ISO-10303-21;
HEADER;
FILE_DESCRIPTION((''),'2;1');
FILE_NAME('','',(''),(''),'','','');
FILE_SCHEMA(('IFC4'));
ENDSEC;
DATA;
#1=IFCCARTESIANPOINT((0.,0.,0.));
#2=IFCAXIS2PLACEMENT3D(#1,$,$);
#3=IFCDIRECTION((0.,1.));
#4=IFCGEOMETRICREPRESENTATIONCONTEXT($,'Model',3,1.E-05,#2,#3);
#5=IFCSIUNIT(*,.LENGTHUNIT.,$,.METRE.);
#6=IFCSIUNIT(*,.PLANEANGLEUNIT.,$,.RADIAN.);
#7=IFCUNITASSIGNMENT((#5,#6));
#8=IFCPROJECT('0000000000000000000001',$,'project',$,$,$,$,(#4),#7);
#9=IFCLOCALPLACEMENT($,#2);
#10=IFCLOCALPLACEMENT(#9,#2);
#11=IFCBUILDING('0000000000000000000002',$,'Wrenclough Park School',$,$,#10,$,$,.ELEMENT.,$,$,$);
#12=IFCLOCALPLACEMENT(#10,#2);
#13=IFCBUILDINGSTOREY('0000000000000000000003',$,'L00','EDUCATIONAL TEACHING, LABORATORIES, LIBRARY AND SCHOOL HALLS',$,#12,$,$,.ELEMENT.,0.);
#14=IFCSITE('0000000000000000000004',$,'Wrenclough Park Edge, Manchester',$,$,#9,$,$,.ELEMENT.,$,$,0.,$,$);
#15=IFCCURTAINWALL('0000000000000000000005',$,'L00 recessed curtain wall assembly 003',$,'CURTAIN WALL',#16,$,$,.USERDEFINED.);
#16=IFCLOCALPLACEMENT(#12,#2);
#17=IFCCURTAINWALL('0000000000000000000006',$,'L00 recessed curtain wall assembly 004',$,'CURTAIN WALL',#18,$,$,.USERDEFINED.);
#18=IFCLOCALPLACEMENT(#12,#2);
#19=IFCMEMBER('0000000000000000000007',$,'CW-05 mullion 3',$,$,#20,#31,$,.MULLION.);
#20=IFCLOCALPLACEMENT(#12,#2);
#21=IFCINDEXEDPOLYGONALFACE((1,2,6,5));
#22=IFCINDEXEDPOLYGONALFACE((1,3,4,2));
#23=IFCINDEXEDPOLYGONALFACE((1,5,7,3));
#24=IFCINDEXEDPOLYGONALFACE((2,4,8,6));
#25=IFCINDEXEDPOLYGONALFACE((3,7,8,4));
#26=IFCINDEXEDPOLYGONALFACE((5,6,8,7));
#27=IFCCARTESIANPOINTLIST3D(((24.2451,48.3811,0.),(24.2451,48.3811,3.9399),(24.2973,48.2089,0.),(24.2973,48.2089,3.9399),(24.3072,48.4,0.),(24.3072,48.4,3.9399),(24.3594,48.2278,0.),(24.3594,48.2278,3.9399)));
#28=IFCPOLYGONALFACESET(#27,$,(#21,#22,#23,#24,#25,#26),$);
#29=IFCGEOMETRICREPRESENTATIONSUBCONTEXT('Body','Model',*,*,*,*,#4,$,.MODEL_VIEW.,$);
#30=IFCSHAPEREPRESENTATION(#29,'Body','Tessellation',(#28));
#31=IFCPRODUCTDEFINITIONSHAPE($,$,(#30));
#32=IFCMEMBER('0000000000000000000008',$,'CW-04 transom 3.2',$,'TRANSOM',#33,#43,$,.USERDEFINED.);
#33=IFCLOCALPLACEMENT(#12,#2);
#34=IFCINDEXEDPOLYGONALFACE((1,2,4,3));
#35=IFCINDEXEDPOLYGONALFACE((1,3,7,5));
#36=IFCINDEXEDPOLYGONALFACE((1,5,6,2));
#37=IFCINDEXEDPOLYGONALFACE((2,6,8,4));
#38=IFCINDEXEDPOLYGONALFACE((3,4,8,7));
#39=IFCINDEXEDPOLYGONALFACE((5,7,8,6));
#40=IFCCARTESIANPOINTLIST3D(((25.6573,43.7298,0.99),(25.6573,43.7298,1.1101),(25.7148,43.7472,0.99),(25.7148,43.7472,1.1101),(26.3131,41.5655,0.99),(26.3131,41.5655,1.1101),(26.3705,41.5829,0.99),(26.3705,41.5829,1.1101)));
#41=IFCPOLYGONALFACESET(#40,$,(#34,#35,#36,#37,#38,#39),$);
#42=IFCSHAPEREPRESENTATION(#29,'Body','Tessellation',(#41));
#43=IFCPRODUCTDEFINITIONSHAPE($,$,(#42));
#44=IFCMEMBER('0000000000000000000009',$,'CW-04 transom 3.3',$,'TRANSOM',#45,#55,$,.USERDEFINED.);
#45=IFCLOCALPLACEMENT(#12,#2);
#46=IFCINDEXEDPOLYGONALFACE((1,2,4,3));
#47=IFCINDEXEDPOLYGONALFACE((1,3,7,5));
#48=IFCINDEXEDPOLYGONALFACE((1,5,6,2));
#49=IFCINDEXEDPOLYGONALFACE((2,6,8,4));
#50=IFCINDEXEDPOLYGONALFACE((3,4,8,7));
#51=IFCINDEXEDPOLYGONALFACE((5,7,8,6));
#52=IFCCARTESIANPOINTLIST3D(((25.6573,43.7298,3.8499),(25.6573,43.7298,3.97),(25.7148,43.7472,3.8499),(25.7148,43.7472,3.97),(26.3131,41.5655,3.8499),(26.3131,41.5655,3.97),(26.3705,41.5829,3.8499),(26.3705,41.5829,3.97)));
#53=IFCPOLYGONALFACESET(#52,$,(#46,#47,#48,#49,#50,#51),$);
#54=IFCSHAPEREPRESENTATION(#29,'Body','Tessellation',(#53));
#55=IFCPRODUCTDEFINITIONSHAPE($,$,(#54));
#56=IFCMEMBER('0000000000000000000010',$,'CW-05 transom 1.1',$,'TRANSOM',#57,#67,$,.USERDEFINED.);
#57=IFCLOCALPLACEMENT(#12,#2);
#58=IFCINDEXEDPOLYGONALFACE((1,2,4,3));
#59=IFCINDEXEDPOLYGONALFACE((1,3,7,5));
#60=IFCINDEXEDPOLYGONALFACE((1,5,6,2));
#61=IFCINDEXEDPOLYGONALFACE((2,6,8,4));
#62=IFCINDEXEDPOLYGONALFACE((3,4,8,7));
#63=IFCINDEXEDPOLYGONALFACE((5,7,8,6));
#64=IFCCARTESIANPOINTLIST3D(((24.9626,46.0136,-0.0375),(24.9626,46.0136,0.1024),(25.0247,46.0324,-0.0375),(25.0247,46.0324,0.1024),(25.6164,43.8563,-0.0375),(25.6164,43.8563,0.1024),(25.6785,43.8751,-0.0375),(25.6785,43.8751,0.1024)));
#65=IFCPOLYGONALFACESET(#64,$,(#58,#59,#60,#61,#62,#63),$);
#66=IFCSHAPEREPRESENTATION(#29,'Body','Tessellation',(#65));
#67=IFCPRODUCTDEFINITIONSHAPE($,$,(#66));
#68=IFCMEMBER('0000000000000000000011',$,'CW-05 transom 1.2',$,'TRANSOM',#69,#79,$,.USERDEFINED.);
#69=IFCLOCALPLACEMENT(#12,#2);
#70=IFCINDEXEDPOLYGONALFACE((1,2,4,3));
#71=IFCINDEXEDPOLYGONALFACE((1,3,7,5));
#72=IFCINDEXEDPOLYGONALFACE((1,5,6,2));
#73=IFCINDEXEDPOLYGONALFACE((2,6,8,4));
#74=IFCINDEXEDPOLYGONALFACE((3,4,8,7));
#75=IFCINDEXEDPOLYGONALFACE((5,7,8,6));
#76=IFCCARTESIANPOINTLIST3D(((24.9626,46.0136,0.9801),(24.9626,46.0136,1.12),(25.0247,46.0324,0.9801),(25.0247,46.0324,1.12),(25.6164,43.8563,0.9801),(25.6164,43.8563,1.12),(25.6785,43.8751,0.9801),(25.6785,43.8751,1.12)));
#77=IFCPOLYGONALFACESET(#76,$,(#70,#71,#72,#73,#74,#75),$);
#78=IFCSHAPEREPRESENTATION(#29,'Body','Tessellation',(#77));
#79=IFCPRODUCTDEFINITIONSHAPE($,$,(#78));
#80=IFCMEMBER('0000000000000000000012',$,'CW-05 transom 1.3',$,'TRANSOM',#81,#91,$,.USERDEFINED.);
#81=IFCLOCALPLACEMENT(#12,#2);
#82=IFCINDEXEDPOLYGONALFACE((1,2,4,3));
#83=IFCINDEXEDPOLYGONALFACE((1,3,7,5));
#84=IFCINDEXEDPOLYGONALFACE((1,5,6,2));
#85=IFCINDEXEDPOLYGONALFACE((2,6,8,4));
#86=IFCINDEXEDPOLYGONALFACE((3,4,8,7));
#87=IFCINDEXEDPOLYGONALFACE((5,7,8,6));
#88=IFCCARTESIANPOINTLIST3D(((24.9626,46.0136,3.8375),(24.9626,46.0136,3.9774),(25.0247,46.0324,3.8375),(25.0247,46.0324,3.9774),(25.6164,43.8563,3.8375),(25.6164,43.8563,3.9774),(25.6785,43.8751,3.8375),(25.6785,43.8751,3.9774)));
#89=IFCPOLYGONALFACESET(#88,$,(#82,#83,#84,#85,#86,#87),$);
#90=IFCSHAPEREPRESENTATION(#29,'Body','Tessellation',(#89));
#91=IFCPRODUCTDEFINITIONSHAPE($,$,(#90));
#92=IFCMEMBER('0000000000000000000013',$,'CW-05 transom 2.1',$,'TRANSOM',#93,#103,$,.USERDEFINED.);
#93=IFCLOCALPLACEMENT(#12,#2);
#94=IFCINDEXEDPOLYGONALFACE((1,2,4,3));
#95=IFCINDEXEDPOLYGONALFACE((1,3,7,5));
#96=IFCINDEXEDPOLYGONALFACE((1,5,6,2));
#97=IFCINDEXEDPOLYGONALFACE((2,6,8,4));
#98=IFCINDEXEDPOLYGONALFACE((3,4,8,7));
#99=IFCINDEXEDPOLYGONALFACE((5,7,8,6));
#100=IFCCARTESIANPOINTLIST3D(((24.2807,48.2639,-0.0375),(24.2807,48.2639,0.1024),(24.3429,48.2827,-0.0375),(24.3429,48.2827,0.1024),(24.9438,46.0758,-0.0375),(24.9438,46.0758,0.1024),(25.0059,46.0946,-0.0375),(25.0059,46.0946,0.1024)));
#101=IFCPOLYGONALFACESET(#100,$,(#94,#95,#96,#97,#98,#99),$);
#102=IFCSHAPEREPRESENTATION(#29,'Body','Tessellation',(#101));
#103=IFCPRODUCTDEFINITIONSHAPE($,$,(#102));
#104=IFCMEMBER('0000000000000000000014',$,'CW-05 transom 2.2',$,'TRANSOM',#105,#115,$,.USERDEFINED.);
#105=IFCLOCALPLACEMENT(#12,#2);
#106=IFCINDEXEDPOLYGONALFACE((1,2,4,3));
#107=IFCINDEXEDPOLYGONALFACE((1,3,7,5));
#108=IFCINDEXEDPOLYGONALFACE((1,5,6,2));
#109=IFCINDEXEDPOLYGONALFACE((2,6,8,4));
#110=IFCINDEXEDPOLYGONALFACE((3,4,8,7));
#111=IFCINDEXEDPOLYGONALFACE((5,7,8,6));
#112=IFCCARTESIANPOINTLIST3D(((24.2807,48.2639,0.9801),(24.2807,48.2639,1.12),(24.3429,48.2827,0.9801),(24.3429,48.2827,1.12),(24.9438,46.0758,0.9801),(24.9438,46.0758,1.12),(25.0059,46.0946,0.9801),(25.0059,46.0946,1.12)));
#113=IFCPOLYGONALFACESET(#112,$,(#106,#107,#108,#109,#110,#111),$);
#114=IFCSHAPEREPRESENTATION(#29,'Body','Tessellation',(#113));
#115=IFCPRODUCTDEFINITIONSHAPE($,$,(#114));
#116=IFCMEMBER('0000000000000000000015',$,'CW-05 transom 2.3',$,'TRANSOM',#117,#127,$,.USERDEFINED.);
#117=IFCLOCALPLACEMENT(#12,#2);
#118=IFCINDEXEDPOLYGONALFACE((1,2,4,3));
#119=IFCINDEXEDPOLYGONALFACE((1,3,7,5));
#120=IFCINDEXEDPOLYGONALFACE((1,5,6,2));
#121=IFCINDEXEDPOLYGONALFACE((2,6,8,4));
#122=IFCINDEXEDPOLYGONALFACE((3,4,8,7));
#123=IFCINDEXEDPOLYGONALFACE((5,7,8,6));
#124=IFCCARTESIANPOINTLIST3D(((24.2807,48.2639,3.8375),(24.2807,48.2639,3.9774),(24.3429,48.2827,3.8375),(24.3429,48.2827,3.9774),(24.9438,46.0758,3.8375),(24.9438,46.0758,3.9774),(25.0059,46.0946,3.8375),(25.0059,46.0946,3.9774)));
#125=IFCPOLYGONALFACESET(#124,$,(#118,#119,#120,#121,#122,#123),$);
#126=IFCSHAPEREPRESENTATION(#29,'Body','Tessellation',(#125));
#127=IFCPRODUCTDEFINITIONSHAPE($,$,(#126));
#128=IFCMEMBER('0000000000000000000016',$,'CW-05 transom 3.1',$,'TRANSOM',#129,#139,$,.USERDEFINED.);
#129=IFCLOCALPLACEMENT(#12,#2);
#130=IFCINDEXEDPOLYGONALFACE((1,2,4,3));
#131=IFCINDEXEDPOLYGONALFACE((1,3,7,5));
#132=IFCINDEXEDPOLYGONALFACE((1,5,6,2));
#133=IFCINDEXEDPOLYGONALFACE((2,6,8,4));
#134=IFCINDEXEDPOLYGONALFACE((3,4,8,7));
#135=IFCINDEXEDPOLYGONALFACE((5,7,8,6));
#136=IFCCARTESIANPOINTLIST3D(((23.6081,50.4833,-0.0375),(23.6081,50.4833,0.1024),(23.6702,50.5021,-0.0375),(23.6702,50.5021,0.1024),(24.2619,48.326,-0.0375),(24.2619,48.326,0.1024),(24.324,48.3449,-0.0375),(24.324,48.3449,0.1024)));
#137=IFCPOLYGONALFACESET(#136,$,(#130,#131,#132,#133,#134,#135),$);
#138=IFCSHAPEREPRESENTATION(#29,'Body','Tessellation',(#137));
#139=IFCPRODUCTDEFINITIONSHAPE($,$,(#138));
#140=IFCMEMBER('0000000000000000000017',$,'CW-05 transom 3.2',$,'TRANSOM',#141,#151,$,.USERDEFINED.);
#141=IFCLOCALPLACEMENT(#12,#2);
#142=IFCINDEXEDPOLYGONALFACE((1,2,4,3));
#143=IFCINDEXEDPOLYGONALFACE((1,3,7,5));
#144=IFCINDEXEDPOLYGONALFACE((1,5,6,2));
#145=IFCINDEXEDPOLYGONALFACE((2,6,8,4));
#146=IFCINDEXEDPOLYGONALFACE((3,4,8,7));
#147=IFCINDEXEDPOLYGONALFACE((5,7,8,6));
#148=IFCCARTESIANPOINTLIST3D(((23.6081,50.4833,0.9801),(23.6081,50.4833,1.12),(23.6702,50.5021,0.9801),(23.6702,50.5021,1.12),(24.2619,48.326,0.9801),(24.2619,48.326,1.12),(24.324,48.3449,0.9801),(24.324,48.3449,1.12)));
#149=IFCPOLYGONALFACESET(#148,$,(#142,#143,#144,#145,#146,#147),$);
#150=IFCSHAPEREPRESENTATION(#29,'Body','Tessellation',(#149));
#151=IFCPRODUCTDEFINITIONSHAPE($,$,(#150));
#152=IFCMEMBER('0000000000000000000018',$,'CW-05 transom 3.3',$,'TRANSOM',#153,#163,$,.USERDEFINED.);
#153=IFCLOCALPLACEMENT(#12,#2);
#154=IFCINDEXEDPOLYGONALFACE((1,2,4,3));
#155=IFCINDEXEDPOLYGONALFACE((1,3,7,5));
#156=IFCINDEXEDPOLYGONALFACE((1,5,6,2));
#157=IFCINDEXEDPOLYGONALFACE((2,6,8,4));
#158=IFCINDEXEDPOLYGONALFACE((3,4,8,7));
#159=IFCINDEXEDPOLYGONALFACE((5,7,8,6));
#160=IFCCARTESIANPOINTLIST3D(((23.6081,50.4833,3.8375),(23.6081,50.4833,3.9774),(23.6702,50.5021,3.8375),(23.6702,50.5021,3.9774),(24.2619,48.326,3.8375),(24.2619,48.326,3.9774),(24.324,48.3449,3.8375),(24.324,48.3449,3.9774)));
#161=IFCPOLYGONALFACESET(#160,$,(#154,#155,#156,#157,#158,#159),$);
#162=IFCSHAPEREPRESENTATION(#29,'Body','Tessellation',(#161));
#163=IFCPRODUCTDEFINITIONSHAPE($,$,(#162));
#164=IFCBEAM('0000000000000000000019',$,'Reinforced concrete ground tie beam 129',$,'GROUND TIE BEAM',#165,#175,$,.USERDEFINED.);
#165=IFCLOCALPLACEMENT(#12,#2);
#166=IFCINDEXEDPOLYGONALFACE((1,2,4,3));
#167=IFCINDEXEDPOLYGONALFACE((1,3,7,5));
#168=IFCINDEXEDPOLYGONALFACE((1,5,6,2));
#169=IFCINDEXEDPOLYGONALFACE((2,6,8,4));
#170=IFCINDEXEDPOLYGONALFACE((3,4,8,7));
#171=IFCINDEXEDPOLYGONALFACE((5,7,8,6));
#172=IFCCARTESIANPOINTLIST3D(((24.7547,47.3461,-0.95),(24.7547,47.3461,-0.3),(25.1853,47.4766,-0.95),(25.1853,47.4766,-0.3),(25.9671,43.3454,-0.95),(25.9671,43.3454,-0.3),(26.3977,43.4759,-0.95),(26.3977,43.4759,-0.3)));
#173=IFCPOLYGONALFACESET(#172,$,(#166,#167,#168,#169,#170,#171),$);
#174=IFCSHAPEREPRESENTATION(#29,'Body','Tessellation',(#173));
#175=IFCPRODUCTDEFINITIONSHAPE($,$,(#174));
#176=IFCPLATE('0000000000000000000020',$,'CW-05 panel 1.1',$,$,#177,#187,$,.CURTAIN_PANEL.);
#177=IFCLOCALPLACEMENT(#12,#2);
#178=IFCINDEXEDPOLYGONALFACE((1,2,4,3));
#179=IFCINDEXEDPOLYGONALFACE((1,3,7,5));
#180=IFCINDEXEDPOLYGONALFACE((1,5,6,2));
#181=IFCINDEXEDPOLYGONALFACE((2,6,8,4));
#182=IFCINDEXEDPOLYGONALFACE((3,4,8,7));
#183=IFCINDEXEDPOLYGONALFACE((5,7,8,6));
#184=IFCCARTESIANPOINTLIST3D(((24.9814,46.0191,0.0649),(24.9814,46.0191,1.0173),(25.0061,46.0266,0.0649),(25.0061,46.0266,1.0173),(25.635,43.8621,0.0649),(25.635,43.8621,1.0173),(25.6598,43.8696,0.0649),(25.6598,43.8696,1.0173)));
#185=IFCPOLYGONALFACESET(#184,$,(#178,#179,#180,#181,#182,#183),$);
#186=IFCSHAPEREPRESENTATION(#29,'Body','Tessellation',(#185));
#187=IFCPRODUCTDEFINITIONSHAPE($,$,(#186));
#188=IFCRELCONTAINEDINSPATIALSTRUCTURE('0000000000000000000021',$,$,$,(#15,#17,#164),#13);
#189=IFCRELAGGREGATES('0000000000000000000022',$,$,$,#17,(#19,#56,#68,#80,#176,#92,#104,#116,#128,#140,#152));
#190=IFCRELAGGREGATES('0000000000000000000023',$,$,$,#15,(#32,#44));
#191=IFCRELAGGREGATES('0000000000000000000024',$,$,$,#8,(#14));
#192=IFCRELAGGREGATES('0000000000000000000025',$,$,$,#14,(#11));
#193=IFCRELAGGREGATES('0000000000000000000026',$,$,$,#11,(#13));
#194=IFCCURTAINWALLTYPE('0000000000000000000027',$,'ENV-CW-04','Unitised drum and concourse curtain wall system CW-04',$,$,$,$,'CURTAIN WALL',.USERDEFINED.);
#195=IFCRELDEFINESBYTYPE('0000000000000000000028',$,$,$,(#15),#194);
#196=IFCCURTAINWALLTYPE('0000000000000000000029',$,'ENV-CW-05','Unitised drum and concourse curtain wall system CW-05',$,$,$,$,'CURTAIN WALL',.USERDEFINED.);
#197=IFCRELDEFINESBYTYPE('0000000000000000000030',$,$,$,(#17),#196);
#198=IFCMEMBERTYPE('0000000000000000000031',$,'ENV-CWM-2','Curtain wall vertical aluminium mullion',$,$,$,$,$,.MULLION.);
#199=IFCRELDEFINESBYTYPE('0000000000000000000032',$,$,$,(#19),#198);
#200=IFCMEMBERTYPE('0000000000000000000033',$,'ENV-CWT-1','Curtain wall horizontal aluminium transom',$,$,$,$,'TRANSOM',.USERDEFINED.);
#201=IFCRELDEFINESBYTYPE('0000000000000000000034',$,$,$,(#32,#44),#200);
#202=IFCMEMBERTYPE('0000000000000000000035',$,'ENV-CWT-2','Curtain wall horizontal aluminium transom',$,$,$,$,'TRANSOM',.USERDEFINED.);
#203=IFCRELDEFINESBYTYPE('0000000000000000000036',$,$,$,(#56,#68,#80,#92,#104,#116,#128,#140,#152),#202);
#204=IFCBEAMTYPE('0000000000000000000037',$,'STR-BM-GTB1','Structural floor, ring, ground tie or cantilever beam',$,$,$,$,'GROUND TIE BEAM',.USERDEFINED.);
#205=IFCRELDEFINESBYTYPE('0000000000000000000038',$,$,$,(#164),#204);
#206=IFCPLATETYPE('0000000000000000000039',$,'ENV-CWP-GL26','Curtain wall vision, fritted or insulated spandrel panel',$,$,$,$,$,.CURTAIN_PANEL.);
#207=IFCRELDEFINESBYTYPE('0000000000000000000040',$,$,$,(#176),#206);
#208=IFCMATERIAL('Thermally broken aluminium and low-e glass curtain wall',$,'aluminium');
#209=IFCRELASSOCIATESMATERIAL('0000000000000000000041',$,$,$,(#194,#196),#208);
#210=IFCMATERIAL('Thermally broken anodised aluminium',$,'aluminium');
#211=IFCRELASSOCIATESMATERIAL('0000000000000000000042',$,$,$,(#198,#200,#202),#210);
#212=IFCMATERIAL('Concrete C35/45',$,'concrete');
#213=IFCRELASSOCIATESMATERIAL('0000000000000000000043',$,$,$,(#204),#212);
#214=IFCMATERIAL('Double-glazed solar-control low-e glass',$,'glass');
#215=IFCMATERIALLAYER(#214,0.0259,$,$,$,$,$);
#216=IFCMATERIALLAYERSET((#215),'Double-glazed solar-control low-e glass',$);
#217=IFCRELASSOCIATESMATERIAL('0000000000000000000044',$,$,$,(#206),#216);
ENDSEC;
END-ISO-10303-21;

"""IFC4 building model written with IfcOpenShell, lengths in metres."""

from ifc_helpers import new_model, si_unit, direction, frame, origin, origin_2d, place, context, subcontext, project, spatial, rectangle, extrude, material, layer, layer_set, material_profile, profile_set, type_object, element, aggregate, save


model = new_model("IFC4")

# Units and contexts
model_context = context("Model", 3, precision=1e-05, world=origin(), true_north=direction((0.0, 1.0)))
body_context = subcontext(model_context, "Body", "Model", "MODEL_VIEW")
ifc_project = project(units=[si_unit("LENGTHUNIT", "METRE"), si_unit("PLANEANGLEUNIT", "RADIAN")], contexts=[model_context])

# Site, building, storey
site_placement = place(None, origin())
site = spatial("IfcSite", under=ifc_project, at=site_placement, Name="Wrenclough Park Edge, Manchester", CompositionType="ELEMENT", RefElevation=0.0)
building_placement = place(site_placement, origin())
building = spatial("IfcBuilding", under=site, at=building_placement, Name="Wrenclough Park School", CompositionType="ELEMENT")
storey_placement = place(building_placement, origin())
storey = spatial("IfcBuildingStorey", under=building, at=storey_placement, Name="L00", Description="EDUCATIONAL TEACHING, LABORATORIES, LIBRARY AND SCHOOL HALLS", CompositionType="ELEMENT", Elevation=0.0)

# Shared definitions
ifc_material_1 = material(Name="Concrete C35/45", Category="concrete")

# Curtain wall
ifc_material_2 = material(Name="Thermally broken aluminium and low-e glass curtain wall", Category="aluminium")
curtain_wall_type_1 = type_object("IfcCurtainWallType", Name="ENV-CW-04", Description="Unitised drum and concourse curtain wall system CW-04", ElementType="CURTAIN WALL", PredefinedType="USERDEFINED", material=ifc_material_2)
curtain_wall_1_placement = place(storey_placement, origin())
curtain_wall_1 = element("IfcCurtainWall", 1, at=curtain_wall_1_placement, inside=storey, type_object=curtain_wall_type_1, Name="L00 recessed curtain wall assembly 003", ObjectType="CURTAIN WALL", PredefinedType="USERDEFINED")
ifc_material_3 = material(Name="Thermally broken anodised aluminium", Category="aluminium")

# Curtain wall, member
curtain_wall_type_2 = type_object("IfcCurtainWallType", Name="ENV-CW-05", Description="Unitised drum and concourse curtain wall system CW-05", ElementType="CURTAIN WALL", PredefinedType="USERDEFINED", material=ifc_material_2)
curtain_wall_2_placement = place(storey_placement, origin())
curtain_wall_2 = element("IfcCurtainWall", 2, at=curtain_wall_2_placement, inside=storey, type_object=curtain_wall_type_2, Name="L00 recessed curtain wall assembly 004", ObjectType="CURTAIN WALL", PredefinedType="USERDEFINED")
ifc_material_profile_1 = material_profile(ifc_material_3, rectangle(XDim=0.0649, YDim=0.1799, at=origin_2d()), Name="AL MULLION 65x180")
ifc_profile_set_1 = profile_set([ifc_material_profile_1], Name="Thermally broken anodised aluminium")
member_type_1 = type_object("IfcMemberType", Name="ENV-CWM-2", Description="Curtain wall vertical aluminium mullion", PredefinedType="MULLION", material=ifc_profile_set_1)
member_1_placement = place(storey_placement, frame((24.3022, 48.3044, 0.0), z_axis=(0.0, 0.0, 1.0), x_axis=(-0.957026, -0.290001, 0.0)))
member_1 = element("IfcMember", 3, at=member_1_placement, type_object=member_type_1, Name="CW-05 mullion 3", PredefinedType="MULLION", context=body_context, shape_type="SweptSolid", body=[
    extrude(rectangle(XDim=0.0649, YDim=0.1799, at=origin_2d()), origin(), (0.0, 0.0, 1.0), 3.9399),
])

# Members
ifc_material_profile_2 = material_profile(ifc_material_3, rectangle(XDim=0.0601, YDim=0.1201, at=origin_2d()), Name="AL TRANSOM 60x120")
ifc_profile_set_2 = profile_set([ifc_material_profile_2], Name="Thermally broken anodised aluminium")
member_type_2 = type_object("IfcMemberType", Name="ENV-CWT-1", Description="Curtain wall horizontal aluminium transom", ElementType="TRANSOM", PredefinedType="USERDEFINED", material=ifc_profile_set_2)
member_2_placement = place(storey_placement, frame((26.3418, 41.5742, 1.05), z_axis=(-0.289971, 0.957035, 0.0), x_axis=(-0.957035, -0.289971, 0.0)))
member_2 = element("IfcMember", 4, at=member_2_placement, type_object=member_type_2, Name="CW-04 transom 3.2", ObjectType="TRANSOM", PredefinedType="USERDEFINED", context=body_context, shape_type="SweptSolid", body=[
    extrude(rectangle(XDim=0.0601, YDim=0.1201, at=origin_2d()), origin(), (0.0, 0.0, 1.0), 2.2615),
])
member_3_placement = place(storey_placement, frame((26.3418, 41.5742, 3.9099), z_axis=(-0.289971, 0.957035, 0.0), x_axis=(-0.957035, -0.289971, 0.0)))
member_3 = element("IfcMember", 5, at=member_3_placement, type_object=member_type_2, Name="CW-04 transom 3.3", ObjectType="TRANSOM", PredefinedType="USERDEFINED", context=body_context, shape_type="SweptSolid", body=[
    extrude(rectangle(XDim=0.0601, YDim=0.1201, at=origin_2d()), origin(), (0.0, 0.0, 1.0), 2.2615),
])
ifc_material_profile_3 = material_profile(ifc_material_3, rectangle(XDim=0.0649, YDim=0.1399, at=origin_2d()), Name="AL TRANSOM 65x140")
ifc_profile_set_3 = profile_set([ifc_material_profile_3], Name="Thermally broken anodised aluminium")
member_type_3 = type_object("IfcMemberType", Name="ENV-CWT-2", Description="Curtain wall horizontal aluminium transom", ElementType="TRANSOM", PredefinedType="USERDEFINED", material=ifc_profile_set_3)
member_4_placement = place(storey_placement, frame((25.6475, 43.8657, 0.0325), z_axis=(-0.290049, 0.957012, 0.0), x_axis=(-0.957012, -0.290049, 0.0)))
member_4 = element("IfcMember", 6, at=member_4_placement, type_object=member_type_3, Name="CW-05 transom 1.1", ObjectType="TRANSOM", PredefinedType="USERDEFINED", context=body_context, shape_type="SweptSolid", body=[
    extrude(rectangle(XDim=0.0649, YDim=0.1399, at=origin_2d()), origin(), (0.0, 0.0, 1.0), 2.2542),
])
member_5_placement = place(storey_placement, frame((25.6475, 43.8657, 1.05), z_axis=(-0.290049, 0.957012, 0.0), x_axis=(-0.957012, -0.290049, 0.0)))
member_5 = element("IfcMember", 7, at=member_5_placement, type_object=member_type_3, Name="CW-05 transom 1.2", ObjectType="TRANSOM", PredefinedType="USERDEFINED", context=body_context, shape_type="SweptSolid", body=[
    extrude(rectangle(XDim=0.0649, YDim=0.1399, at=origin_2d()), origin(), (0.0, 0.0, 1.0), 2.2542),
])
member_6_placement = place(storey_placement, frame((25.6475, 43.8657, 3.9075), z_axis=(-0.290049, 0.957012, 0.0), x_axis=(-0.957012, -0.290049, 0.0)))
member_6 = element("IfcMember", 8, at=member_6_placement, type_object=member_type_3, Name="CW-05 transom 1.3", ObjectType="TRANSOM", PredefinedType="USERDEFINED", context=body_context, shape_type="SweptSolid", body=[
    extrude(rectangle(XDim=0.0649, YDim=0.1399, at=origin_2d()), origin(), (0.0, 0.0, 1.0), 2.2542),
])
member_7_placement = place(storey_placement, frame((24.9749, 46.0852, 0.0325), z_axis=(-0.290001, 0.957026, 0.0), x_axis=(-0.957026, -0.290001, 0.0)))
member_7 = element("IfcMember", 9, at=member_7_placement, type_object=member_type_3, Name="CW-05 transom 2.1", ObjectType="TRANSOM", PredefinedType="USERDEFINED", context=body_context, shape_type="SweptSolid", body=[
    extrude(rectangle(XDim=0.0649, YDim=0.1399, at=origin_2d()), origin(), (0.0, 0.0, 1.0), 2.2864),
])
member_8_placement = place(storey_placement, frame((24.9749, 46.0852, 1.05), z_axis=(-0.290001, 0.957026, 0.0), x_axis=(-0.957026, -0.290001, 0.0)))
member_8 = element("IfcMember", 10, at=member_8_placement, type_object=member_type_3, Name="CW-05 transom 2.2", ObjectType="TRANSOM", PredefinedType="USERDEFINED", context=body_context, shape_type="SweptSolid", body=[
    extrude(rectangle(XDim=0.0649, YDim=0.1399, at=origin_2d()), origin(), (0.0, 0.0, 1.0), 2.2864),
])
member_9_placement = place(storey_placement, frame((24.9749, 46.0852, 3.9075), z_axis=(-0.290001, 0.957026, 0.0), x_axis=(-0.957026, -0.290001, 0.0)))
member_9 = element("IfcMember", 11, at=member_9_placement, type_object=member_type_3, Name="CW-05 transom 2.3", ObjectType="TRANSOM", PredefinedType="USERDEFINED", context=body_context, shape_type="SweptSolid", body=[
    extrude(rectangle(XDim=0.0649, YDim=0.1399, at=origin_2d()), origin(), (0.0, 0.0, 1.0), 2.2864),
])
member_10_placement = place(storey_placement, frame((24.293, 48.3354, 0.0325), z_axis=(-0.290049, 0.957012, 0.0), x_axis=(-0.957012, -0.290049, 0.0)))
member_10 = element("IfcMember", 12, at=member_10_placement, type_object=member_type_3, Name="CW-05 transom 3.1", ObjectType="TRANSOM", PredefinedType="USERDEFINED", context=body_context, shape_type="SweptSolid", body=[
    extrude(rectangle(XDim=0.0649, YDim=0.1399, at=origin_2d()), origin(), (0.0, 0.0, 1.0), 2.2542),
])
member_11_placement = place(storey_placement, frame((24.293, 48.3354, 1.05), z_axis=(-0.290049, 0.957012, 0.0), x_axis=(-0.957012, -0.290049, 0.0)))
member_11 = element("IfcMember", 13, at=member_11_placement, type_object=member_type_3, Name="CW-05 transom 3.2", ObjectType="TRANSOM", PredefinedType="USERDEFINED", context=body_context, shape_type="SweptSolid", body=[
    extrude(rectangle(XDim=0.0649, YDim=0.1399, at=origin_2d()), origin(), (0.0, 0.0, 1.0), 2.2542),
])
member_12_placement = place(storey_placement, frame((24.293, 48.3354, 3.9075), z_axis=(-0.290049, 0.957012, 0.0), x_axis=(-0.957012, -0.290049, 0.0)))
member_12 = element("IfcMember", 14, at=member_12_placement, type_object=member_type_3, Name="CW-05 transom 3.3", ObjectType="TRANSOM", PredefinedType="USERDEFINED", context=body_context, shape_type="SweptSolid", body=[
    extrude(rectangle(XDim=0.0649, YDim=0.1399, at=origin_2d()), origin(), (0.0, 0.0, 1.0), 2.2542),
])

# Beam
ifc_material_profile_4 = material_profile(ifc_material_1, rectangle(XDim=0.45, YDim=0.6499, at=origin_2d()), Name="RC GROUND 450x650")
ifc_profile_set_4 = profile_set([ifc_material_profile_4], Name="Concrete C35/45")
beam_type = type_object("IfcBeamType", Name="STR-BM-GTB1", Description="Structural floor, ring, ground tie or cantilever beam", ElementType="GROUND TIE BEAM", PredefinedType="USERDEFINED", material=ifc_profile_set_4)
beam_placement = place(storey_placement, frame((26.1824, 43.4106, -0.625), z_axis=(-0.29002, 0.95702, 0.0), x_axis=(-0.95702, -0.29002, 0.0)))
element("IfcBeam", 15, at=beam_placement, inside=storey, type_object=beam_type, Name="Reinforced concrete ground tie beam 129", ObjectType="GROUND TIE BEAM", PredefinedType="USERDEFINED", context=body_context, shape_type="SweptSolid", body=[
    extrude(rectangle(XDim=0.45, YDim=0.6499, at=origin_2d()), origin(), (0.0, 0.0, 1.0), 4.1804),
])

# Plate
ifc_material_4 = material(Name="Double-glazed solar-control low-e glass", Category="glass")
ifc_layer_1 = layer(ifc_material_4, 0.0259)
ifc_layer_set_1 = layer_set([ifc_layer_1], Name="Double-glazed solar-control low-e glass")
plate_type_1 = type_object("IfcPlateType", Name="ENV-CWP-GL26", Description="Curtain wall vision, fritted or insulated spandrel panel", PredefinedType="CURTAIN_PANEL", material=ifc_layer_set_1)
plate_1_placement = place(storey_placement, frame((25.3206, 44.9443, 0.0649), z_axis=(0.0, 0.0, 1.0), x_axis=(-0.290001, 0.957026, 0.0)))
plate_1 = element("IfcPlate", 16, at=plate_1_placement, type_object=plate_type_1, Name="CW-05 panel 1.1", PredefinedType="CURTAIN_PANEL", context=body_context, shape_type="SweptSolid", body=[
    extrude(rectangle(XDim=2.2539, YDim=0.0259, at=origin_2d()), origin(), (0.0, 0.0, 1.0), 0.9524),
])
aggregate(curtain_wall_2, [member_1, member_4, member_5, member_6, plate_1, member_7, member_8, member_9, member_10, member_11, member_12])
aggregate(curtain_wall_1, [member_2, member_3])

save(model, "model.ifc")
